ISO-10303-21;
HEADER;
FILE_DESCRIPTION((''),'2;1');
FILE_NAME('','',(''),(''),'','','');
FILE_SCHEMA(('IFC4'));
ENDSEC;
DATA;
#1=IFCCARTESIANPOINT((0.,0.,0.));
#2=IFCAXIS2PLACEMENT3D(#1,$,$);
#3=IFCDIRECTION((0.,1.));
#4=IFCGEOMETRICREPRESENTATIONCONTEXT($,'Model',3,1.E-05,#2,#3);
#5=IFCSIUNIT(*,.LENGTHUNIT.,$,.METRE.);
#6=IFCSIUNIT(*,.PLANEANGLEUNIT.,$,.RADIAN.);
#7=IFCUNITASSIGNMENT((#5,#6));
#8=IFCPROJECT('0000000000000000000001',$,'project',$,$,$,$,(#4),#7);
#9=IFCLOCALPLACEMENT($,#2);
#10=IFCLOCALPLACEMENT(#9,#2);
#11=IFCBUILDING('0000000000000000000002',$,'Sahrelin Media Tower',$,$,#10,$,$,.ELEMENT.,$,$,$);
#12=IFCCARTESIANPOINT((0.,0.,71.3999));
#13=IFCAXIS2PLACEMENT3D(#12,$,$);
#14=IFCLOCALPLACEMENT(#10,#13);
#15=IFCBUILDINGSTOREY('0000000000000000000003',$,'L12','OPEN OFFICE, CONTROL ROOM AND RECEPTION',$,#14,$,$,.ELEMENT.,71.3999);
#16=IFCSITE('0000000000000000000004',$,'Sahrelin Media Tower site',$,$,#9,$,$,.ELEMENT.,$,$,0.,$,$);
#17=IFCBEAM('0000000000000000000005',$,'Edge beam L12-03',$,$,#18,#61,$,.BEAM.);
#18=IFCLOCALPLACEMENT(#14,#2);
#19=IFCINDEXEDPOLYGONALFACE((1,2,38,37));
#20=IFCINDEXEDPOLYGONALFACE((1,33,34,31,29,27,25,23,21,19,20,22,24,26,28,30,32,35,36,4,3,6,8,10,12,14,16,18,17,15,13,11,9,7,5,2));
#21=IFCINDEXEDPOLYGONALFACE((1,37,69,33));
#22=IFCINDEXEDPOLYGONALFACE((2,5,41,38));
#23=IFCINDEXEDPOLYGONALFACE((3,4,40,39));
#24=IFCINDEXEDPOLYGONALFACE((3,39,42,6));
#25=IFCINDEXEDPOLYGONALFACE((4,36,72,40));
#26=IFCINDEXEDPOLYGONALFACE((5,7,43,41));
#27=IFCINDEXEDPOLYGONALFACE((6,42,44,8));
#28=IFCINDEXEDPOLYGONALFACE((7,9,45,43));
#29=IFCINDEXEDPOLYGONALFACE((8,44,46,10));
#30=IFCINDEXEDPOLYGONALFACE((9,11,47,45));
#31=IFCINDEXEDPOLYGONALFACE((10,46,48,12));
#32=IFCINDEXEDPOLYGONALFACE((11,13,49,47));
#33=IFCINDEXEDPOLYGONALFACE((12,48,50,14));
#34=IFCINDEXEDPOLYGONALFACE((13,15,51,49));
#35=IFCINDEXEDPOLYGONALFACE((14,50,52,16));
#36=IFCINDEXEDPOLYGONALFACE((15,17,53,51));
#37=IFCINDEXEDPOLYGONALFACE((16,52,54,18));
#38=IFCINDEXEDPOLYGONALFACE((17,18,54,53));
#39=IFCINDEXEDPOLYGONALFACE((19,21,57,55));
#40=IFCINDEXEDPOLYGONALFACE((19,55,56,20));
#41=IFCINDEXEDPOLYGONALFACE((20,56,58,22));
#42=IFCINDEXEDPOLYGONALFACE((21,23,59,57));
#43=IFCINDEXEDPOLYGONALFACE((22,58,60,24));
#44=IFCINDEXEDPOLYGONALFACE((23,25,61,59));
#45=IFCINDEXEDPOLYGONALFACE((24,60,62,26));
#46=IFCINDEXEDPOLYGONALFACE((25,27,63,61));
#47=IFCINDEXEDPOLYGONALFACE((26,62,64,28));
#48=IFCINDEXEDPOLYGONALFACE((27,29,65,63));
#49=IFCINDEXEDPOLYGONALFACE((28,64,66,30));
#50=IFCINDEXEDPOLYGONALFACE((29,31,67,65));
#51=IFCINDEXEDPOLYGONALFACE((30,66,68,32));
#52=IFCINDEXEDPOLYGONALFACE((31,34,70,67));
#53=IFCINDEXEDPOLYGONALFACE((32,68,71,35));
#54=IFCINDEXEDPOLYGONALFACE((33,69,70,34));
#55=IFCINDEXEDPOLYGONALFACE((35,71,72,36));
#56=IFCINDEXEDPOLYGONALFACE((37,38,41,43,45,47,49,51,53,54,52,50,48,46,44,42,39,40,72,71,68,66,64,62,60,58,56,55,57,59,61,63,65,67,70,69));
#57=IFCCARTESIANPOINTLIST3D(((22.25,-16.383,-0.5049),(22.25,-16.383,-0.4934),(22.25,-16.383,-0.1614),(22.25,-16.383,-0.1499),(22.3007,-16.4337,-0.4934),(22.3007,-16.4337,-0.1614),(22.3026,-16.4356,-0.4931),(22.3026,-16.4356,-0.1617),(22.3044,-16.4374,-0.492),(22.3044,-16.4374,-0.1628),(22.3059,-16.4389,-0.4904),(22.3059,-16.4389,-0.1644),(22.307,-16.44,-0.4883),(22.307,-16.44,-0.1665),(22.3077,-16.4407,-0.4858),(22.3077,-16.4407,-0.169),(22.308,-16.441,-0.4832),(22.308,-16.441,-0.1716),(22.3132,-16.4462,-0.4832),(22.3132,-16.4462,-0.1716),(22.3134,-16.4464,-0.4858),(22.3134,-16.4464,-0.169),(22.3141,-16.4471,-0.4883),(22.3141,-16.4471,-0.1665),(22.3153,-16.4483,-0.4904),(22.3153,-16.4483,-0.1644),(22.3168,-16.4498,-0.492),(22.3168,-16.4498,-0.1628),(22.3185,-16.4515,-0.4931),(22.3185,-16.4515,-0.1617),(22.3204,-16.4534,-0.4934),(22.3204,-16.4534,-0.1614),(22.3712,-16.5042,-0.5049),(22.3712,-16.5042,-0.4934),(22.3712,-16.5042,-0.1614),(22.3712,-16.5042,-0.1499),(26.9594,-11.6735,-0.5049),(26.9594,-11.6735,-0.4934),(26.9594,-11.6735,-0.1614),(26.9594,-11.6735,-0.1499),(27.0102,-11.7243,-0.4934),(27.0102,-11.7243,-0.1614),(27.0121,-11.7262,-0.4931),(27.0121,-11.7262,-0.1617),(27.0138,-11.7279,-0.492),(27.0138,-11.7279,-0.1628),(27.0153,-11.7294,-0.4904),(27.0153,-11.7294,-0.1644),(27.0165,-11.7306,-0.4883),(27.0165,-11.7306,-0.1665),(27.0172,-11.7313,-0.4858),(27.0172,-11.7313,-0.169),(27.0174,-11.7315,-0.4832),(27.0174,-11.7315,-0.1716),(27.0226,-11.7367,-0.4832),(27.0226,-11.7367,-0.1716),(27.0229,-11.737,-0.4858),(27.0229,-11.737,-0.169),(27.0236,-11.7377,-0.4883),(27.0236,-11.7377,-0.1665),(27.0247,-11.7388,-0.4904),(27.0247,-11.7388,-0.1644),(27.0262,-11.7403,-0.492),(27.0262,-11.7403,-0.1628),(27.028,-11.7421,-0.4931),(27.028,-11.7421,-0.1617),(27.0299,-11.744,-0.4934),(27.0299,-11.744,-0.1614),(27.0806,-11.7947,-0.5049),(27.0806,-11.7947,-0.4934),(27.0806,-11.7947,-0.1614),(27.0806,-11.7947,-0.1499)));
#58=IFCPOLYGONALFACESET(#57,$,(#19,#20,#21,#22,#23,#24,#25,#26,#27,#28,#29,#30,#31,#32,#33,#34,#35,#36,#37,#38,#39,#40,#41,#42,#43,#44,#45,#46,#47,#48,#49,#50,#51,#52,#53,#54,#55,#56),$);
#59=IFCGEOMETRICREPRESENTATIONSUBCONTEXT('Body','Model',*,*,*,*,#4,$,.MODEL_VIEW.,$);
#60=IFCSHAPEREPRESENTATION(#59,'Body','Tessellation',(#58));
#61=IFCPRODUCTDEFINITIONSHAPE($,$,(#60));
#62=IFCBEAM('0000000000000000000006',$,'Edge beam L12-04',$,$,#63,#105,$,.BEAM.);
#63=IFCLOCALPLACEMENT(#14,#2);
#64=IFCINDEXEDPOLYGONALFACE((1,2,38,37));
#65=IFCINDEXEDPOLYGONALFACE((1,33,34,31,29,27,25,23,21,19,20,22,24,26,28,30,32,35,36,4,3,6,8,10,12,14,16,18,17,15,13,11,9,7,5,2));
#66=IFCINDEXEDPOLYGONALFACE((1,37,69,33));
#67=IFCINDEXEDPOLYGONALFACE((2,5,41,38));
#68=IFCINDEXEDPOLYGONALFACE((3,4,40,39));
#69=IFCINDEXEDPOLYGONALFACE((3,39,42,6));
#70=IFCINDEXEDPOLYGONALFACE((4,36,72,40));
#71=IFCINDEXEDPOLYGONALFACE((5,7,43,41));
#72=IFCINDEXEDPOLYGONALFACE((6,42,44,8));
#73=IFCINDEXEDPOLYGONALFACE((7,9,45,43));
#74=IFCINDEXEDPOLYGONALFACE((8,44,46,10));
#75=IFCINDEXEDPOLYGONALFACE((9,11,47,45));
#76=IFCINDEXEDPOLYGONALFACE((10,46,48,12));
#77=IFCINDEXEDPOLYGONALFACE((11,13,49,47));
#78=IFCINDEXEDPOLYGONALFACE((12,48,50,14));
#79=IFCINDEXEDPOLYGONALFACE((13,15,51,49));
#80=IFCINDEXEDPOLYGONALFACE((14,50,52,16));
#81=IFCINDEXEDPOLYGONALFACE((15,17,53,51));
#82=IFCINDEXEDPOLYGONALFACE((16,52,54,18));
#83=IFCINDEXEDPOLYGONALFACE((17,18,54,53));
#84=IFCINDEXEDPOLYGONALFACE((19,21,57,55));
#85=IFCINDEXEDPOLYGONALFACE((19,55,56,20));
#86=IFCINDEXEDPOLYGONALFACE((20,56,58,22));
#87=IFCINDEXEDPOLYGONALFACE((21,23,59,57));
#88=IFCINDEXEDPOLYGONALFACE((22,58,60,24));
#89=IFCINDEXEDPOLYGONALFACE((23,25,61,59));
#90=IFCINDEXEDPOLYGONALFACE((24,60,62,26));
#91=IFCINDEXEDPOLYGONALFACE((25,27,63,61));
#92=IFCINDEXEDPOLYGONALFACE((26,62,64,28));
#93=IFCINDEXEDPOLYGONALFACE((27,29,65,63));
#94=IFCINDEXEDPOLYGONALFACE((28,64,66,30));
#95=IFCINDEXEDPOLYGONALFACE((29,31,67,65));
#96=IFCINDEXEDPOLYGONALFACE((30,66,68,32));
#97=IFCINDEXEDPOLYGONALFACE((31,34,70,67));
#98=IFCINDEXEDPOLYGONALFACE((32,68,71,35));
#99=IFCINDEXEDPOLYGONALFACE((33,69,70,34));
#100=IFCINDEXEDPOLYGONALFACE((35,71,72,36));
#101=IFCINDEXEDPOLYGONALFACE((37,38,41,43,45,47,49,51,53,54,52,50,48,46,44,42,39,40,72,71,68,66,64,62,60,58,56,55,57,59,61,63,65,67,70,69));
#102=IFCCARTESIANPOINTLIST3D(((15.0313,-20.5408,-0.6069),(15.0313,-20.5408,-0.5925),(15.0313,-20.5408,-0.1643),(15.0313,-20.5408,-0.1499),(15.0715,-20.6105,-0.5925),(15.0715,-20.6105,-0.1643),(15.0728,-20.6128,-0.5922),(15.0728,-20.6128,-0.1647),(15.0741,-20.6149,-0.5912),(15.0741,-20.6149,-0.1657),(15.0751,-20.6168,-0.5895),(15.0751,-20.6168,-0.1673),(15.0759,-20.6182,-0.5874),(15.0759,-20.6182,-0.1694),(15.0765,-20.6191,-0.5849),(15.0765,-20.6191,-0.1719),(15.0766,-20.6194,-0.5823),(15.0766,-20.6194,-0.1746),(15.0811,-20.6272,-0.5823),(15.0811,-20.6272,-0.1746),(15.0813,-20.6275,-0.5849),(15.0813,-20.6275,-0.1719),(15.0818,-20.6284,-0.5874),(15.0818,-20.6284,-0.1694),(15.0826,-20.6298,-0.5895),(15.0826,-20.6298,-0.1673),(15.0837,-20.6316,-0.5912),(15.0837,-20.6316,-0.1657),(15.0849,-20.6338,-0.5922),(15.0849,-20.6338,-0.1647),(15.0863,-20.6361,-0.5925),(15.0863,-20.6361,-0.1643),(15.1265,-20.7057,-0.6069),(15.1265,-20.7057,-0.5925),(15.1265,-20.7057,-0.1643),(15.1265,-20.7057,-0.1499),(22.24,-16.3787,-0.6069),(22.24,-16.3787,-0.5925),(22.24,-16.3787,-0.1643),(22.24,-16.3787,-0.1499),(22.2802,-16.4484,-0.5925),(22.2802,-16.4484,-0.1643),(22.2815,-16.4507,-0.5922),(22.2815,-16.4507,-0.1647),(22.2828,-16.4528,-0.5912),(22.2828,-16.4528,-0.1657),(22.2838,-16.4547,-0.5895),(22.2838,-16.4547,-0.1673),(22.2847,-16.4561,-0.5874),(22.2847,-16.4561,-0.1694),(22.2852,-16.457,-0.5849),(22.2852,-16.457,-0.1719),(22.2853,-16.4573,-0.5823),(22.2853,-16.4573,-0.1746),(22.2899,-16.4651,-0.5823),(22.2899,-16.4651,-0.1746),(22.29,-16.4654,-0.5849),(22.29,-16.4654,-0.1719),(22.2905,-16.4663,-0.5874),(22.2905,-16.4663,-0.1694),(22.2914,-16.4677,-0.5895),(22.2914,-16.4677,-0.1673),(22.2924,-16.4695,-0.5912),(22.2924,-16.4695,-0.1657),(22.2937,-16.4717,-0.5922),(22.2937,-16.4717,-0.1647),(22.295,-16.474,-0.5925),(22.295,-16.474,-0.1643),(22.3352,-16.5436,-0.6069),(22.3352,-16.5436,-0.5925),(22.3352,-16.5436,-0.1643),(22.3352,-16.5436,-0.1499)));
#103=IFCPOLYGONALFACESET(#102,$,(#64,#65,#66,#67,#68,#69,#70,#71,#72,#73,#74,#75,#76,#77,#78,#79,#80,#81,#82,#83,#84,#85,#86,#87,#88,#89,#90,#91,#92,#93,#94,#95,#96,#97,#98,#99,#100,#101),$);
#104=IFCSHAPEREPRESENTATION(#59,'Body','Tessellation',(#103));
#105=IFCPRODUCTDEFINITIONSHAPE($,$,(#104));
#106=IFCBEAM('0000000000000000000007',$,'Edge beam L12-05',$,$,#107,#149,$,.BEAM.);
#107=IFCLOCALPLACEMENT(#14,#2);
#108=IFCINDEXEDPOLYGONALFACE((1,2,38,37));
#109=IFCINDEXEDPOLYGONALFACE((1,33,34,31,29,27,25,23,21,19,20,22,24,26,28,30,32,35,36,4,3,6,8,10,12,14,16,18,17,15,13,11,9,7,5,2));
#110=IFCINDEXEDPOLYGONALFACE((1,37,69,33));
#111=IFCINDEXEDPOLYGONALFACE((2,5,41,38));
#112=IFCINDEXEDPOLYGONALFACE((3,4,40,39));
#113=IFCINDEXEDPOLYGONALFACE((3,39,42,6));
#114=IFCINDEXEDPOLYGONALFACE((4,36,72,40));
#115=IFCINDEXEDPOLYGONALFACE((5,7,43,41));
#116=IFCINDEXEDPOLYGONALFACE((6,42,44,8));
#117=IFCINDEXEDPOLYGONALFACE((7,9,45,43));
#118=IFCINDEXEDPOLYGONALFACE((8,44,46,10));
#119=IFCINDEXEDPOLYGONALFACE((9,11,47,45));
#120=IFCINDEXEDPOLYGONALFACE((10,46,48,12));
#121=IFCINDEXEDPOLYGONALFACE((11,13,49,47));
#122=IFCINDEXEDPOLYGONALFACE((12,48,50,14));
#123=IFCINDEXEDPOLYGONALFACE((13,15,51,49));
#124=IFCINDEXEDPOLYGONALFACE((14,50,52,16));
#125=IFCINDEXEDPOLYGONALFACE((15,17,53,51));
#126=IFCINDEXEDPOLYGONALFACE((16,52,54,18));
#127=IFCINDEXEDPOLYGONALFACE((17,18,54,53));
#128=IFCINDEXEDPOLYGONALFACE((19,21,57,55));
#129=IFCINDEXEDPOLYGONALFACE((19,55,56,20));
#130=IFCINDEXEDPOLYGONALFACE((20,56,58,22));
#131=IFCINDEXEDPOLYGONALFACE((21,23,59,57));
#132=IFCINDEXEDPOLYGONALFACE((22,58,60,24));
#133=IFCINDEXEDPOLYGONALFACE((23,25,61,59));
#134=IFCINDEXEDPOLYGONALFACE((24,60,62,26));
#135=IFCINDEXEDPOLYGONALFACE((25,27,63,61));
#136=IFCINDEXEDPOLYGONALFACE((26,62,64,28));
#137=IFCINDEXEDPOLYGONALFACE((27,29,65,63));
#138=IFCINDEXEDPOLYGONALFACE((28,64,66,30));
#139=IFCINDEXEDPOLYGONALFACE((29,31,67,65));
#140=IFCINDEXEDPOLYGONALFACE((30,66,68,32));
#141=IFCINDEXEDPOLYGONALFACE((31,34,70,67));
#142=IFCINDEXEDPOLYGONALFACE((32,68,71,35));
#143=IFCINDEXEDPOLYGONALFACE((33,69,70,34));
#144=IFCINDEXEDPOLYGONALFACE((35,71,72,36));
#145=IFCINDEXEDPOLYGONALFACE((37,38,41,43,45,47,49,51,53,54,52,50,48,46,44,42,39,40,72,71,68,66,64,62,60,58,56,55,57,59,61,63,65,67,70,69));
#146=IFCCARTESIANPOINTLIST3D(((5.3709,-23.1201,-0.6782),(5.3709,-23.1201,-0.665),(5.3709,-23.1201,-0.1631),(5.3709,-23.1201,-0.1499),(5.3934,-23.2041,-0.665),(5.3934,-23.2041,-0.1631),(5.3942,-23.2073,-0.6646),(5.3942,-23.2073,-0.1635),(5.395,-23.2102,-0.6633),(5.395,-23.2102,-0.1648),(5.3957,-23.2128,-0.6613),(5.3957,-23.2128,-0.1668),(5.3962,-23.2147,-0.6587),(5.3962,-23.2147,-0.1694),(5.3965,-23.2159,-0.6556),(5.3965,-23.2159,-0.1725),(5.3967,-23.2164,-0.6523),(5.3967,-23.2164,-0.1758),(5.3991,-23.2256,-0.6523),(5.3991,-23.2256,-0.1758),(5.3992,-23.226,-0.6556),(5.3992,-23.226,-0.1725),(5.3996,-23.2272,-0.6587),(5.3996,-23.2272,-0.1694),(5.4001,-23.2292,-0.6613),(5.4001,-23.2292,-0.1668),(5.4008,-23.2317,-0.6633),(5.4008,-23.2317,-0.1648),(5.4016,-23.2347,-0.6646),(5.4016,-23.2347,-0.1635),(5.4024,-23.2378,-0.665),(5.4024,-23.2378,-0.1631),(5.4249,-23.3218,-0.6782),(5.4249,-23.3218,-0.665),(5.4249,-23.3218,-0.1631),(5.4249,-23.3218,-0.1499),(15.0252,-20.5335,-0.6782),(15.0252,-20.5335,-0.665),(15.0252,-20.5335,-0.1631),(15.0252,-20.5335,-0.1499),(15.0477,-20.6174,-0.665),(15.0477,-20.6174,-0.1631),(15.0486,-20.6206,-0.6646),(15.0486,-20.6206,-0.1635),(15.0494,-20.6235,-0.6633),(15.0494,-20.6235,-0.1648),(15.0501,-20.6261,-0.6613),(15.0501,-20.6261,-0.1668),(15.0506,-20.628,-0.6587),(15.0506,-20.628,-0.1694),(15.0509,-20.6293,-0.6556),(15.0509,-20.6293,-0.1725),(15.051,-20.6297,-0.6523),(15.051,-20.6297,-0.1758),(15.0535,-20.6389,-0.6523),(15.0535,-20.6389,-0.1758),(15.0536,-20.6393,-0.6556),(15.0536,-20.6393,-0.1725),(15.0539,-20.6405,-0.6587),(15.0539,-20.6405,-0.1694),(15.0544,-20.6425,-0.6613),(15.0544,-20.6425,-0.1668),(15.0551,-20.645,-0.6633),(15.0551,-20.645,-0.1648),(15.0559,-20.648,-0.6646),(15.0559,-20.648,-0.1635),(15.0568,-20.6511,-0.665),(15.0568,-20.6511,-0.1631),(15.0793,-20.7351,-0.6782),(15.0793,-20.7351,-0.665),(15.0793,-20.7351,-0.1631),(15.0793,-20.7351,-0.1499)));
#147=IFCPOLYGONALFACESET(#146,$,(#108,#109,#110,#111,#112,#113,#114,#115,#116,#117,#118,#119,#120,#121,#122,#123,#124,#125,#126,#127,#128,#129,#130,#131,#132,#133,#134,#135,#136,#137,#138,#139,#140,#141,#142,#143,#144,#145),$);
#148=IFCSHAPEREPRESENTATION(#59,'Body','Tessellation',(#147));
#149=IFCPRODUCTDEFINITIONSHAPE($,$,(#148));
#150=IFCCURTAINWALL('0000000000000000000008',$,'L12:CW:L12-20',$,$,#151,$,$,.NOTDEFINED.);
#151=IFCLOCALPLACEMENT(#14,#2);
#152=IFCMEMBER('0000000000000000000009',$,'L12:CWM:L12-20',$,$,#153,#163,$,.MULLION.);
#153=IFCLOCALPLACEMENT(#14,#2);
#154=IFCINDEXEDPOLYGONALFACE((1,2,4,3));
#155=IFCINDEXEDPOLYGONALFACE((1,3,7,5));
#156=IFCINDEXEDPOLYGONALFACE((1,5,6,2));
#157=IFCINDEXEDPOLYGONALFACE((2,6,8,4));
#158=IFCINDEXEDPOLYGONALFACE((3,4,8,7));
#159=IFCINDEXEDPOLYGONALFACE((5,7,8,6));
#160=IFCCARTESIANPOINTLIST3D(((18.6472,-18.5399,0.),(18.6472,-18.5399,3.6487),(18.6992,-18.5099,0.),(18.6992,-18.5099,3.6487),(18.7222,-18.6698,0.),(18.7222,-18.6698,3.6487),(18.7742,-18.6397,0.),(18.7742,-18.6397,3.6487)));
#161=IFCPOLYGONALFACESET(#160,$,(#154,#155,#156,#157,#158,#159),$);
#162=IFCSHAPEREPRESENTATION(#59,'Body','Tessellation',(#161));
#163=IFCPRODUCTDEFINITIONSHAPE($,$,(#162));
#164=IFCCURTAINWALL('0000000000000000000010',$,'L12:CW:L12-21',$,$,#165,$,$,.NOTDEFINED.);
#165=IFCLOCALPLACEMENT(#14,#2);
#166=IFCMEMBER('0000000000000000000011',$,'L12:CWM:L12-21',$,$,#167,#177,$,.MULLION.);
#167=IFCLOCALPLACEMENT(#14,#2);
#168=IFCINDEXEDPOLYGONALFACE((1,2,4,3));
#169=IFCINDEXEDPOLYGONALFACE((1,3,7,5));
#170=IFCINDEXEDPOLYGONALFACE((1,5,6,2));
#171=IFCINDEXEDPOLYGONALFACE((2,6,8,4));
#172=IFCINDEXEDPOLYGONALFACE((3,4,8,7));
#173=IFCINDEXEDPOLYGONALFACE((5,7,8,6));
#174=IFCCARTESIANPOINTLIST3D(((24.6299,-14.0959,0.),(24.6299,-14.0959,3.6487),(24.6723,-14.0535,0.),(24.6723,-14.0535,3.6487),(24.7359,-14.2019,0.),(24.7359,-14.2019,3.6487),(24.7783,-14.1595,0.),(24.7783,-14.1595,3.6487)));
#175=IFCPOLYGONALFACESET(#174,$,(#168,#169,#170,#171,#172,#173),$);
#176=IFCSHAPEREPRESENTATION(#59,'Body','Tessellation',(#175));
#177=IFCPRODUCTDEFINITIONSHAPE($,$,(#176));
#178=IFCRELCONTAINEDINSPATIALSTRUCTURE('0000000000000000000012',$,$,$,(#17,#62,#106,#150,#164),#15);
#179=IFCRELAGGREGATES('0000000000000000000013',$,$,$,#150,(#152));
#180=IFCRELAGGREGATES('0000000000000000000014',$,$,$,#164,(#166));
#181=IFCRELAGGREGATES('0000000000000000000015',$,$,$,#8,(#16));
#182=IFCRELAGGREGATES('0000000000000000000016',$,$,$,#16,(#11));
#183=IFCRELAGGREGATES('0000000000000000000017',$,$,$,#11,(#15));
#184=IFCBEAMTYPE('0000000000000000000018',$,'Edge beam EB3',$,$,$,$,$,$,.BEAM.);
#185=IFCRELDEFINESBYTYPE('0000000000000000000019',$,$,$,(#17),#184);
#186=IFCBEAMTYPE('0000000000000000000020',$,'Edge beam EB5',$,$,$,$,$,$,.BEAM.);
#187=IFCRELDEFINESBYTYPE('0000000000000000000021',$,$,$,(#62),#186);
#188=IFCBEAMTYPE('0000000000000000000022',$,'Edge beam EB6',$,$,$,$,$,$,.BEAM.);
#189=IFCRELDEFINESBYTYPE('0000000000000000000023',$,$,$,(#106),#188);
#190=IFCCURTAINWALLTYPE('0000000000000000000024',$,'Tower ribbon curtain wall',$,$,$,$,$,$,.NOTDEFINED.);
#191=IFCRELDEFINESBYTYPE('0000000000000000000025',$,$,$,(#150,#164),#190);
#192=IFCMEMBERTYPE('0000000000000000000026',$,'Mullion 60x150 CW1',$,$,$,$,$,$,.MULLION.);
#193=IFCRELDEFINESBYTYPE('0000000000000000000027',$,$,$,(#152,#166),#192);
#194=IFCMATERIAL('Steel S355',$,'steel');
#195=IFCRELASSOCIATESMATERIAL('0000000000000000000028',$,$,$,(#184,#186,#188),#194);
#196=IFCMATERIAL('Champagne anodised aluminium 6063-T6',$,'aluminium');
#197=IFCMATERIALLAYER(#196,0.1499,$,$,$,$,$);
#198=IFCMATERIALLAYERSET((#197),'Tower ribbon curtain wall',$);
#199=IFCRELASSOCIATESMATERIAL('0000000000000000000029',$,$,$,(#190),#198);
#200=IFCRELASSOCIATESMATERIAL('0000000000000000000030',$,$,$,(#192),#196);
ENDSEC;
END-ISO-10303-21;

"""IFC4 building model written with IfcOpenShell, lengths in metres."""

from ifc_helpers import new_model, si_unit, direction, frame, origin, origin_2d, place, context, subcontext, project, spatial, rectangle, i_section, extrude, material, layer, layer_set, material_profile, profile_set, type_object, element, aggregate, save


model = new_model("IFC4")

# Units and contexts
model_context = context("Model", 3, precision=1e-05, world=origin(), true_north=direction((0.0, 1.0)))
body_context = subcontext(model_context, "Body", "Model", "MODEL_VIEW")
ifc_project = project(units=[si_unit("LENGTHUNIT", "METRE"), si_unit("PLANEANGLEUNIT", "RADIAN")], contexts=[model_context])

# Site, building, storey
site_placement = place(None, origin())
site = spatial("IfcSite", under=ifc_project, at=site_placement, Name="Sahrelin Media Tower site", CompositionType="ELEMENT", RefElevation=0.0)
building_placement = place(site_placement, origin())
building = spatial("IfcBuilding", under=site, at=building_placement, Name="Sahrelin Media Tower", CompositionType="ELEMENT")
storey_placement = place(building_placement, frame((0.0, 0.0, 71.3999)))
storey = spatial("IfcBuildingStorey", under=building, at=storey_placement, Name="L12", Description="OPEN OFFICE, CONTROL ROOM AND RECEPTION", CompositionType="ELEMENT", Elevation=71.3999)

# Beams
ifc_material_1 = material(Name="Steel S355", Category="steel")
ifc_material_profile_1 = material_profile(ifc_material_1, i_section(OverallWidth=0.1714, OverallDepth=0.355, WebThickness=0.0073, FlangeThickness=0.0115, FilletRadius=0.0103, at=origin_2d()), Name="UB 356x171x51")
ifc_profile_set_1 = profile_set([ifc_material_profile_1], Name="Steel S355")
beam_type_1 = type_object("IfcBeamType", Name="Edge beam EB3", PredefinedType="BEAM", material=ifc_profile_set_1)
beam_1_placement = place(storey_placement, frame((27.02, -11.7341, -0.3274), z_axis=(-0.707107, -0.707107, 0.0), x_axis=(0.707107, -0.707107, 0.0)))
element("IfcBeam", 1, at=beam_1_placement, inside=storey, type_object=beam_type_1, Name="Edge beam L12-03", PredefinedType="BEAM", context=body_context, shape_type="SweptSolid", body=[
    extrude(i_section(OverallWidth=0.1714, OverallDepth=0.355, WebThickness=0.0073, FlangeThickness=0.0115, FilletRadius=0.0103, at=origin_2d()), origin(), (0.0, 0.0, 1.0), 6.6602),
])
ifc_material_profile_2 = material_profile(ifc_material_1, i_section(OverallWidth=0.1904, OverallDepth=0.457, WebThickness=0.009, FlangeThickness=0.0144, FilletRadius=0.0103, at=origin_2d()), Name="UB 457x191x74")
ifc_profile_set_2 = profile_set([ifc_material_profile_2], Name="Steel S355")
beam_type_2 = type_object("IfcBeamType", Name="Edge beam EB5", PredefinedType="BEAM", material=ifc_profile_set_2)
beam_2_placement = place(storey_placement, frame((22.2876, -16.4612, -0.3784), z_axis=(-0.866018, -0.500013, 0.0), x_axis=(0.500013, -0.866018, 0.0)))
element("IfcBeam", 2, at=beam_2_placement, inside=storey, type_object=beam_type_2, Name="Edge beam L12-04", PredefinedType="BEAM", context=body_context, shape_type="SweptSolid", body=[
    extrude(i_section(OverallWidth=0.1904, OverallDepth=0.457, WebThickness=0.009, FlangeThickness=0.0144, FilletRadius=0.0103, at=origin_2d()), origin(), (0.0, 0.0, 1.0), 8.324),
])
ifc_material_profile_3 = material_profile(ifc_material_1, i_section(OverallWidth=0.2087, OverallDepth=0.5283, WebThickness=0.0095, FlangeThickness=0.0132, FilletRadius=0.0127, at=origin_2d()), Name="UB 533x210x82")
ifc_profile_set_3 = profile_set([ifc_material_profile_3], Name="Steel S355")
beam_type_3 = type_object("IfcBeamType", Name="Edge beam EB6", PredefinedType="BEAM", material=ifc_profile_set_3)
beam_3_placement = place(storey_placement, frame((15.0522, -20.6343, -0.4141), z_axis=(-0.965931, -0.258801, 0.0), x_axis=(0.258801, -0.965931, 0.0)))
element("IfcBeam", 3, at=beam_3_placement, inside=storey, type_object=beam_type_3, Name="Edge beam L12-05", PredefinedType="BEAM", context=body_context, shape_type="SweptSolid", body=[
    extrude(i_section(OverallWidth=0.2087, OverallDepth=0.5283, WebThickness=0.0095, FlangeThickness=0.0132, FilletRadius=0.0127, at=origin_2d()), origin(), (0.0, 0.0, 1.0), 9.9949),
])

# Curtain walls, members
ifc_material_2 = material(Name="Champagne anodised aluminium 6063-T6", Category="aluminium")
ifc_layer_1 = layer(ifc_material_2, 0.1499)
ifc_layer_set_1 = layer_set([ifc_layer_1], Name="Tower ribbon curtain wall")
curtain_wall_type = type_object("IfcCurtainWallType", Name="Tower ribbon curtain wall", PredefinedType="NOTDEFINED", material=ifc_layer_set_1)
curtain_wall_1_placement = place(storey_placement, frame((18.7583, -18.6721, 0.0), z_axis=(0.0, 0.0, 1.0), x_axis=(1.0, 0.0, 0.0)))
curtain_wall_1 = element("IfcCurtainWall", 4, at=curtain_wall_1_placement, inside=storey, type_object=curtain_wall_type, Name="L12:CW:L12-20", PredefinedType="NOTDEFINED")
ifc_material_profile_4 = material_profile(ifc_material_2, rectangle(XDim=0.0601, YDim=0.1499, at=origin_2d()), Name="Mullion 60x150")
ifc_profile_set_4 = profile_set([ifc_material_profile_4], Name="Champagne anodised aluminium 6063-T6")
member_type_1 = type_object("IfcMemberType", Name="Mullion 60x150 CW1", PredefinedType="MULLION", material=ifc_profile_set_4)
member_1_placement = place(storey_placement, frame((18.7107, -18.5898, 0.0), z_axis=(0.0, 0.0, 1.0), x_axis=(0.866027, 0.499997, 0.0)))
member_1 = element("IfcMember", 5, at=member_1_placement, type_object=member_type_1, Name="L12:CWM:L12-20", PredefinedType="MULLION", context=body_context, shape_type="SweptSolid", body=[
    extrude(rectangle(XDim=0.0601, YDim=0.1499, at=origin_2d()), origin(), (0.0, 0.0, 1.0), 3.6487),
])
curtain_wall_2_placement = place(storey_placement, frame((24.7712, -14.1948, 0.0), z_axis=(0.0, 0.0, 1.0), x_axis=(1.0, 0.0, 0.0)))
curtain_wall_2 = element("IfcCurtainWall", 6, at=curtain_wall_2_placement, inside=storey, type_object=curtain_wall_type, Name="L12:CW:L12-21", PredefinedType="NOTDEFINED")
member_2_placement = place(storey_placement, frame((24.7041, -14.1277, 0.0), z_axis=(0.0, 0.0, 1.0), x_axis=(0.707107, 0.707107, 0.0)))
member_2 = element("IfcMember", 7, at=member_2_placement, type_object=member_type_1, Name="L12:CWM:L12-21", PredefinedType="MULLION", context=body_context, shape_type="SweptSolid", body=[
    extrude(rectangle(XDim=0.0601, YDim=0.1499, at=origin_2d()), origin(), (0.0, 0.0, 1.0), 3.6487),
])

aggregate(curtain_wall_1, [member_1])
aggregate(curtain_wall_2, [member_2])

save(model, "model.ifc")
